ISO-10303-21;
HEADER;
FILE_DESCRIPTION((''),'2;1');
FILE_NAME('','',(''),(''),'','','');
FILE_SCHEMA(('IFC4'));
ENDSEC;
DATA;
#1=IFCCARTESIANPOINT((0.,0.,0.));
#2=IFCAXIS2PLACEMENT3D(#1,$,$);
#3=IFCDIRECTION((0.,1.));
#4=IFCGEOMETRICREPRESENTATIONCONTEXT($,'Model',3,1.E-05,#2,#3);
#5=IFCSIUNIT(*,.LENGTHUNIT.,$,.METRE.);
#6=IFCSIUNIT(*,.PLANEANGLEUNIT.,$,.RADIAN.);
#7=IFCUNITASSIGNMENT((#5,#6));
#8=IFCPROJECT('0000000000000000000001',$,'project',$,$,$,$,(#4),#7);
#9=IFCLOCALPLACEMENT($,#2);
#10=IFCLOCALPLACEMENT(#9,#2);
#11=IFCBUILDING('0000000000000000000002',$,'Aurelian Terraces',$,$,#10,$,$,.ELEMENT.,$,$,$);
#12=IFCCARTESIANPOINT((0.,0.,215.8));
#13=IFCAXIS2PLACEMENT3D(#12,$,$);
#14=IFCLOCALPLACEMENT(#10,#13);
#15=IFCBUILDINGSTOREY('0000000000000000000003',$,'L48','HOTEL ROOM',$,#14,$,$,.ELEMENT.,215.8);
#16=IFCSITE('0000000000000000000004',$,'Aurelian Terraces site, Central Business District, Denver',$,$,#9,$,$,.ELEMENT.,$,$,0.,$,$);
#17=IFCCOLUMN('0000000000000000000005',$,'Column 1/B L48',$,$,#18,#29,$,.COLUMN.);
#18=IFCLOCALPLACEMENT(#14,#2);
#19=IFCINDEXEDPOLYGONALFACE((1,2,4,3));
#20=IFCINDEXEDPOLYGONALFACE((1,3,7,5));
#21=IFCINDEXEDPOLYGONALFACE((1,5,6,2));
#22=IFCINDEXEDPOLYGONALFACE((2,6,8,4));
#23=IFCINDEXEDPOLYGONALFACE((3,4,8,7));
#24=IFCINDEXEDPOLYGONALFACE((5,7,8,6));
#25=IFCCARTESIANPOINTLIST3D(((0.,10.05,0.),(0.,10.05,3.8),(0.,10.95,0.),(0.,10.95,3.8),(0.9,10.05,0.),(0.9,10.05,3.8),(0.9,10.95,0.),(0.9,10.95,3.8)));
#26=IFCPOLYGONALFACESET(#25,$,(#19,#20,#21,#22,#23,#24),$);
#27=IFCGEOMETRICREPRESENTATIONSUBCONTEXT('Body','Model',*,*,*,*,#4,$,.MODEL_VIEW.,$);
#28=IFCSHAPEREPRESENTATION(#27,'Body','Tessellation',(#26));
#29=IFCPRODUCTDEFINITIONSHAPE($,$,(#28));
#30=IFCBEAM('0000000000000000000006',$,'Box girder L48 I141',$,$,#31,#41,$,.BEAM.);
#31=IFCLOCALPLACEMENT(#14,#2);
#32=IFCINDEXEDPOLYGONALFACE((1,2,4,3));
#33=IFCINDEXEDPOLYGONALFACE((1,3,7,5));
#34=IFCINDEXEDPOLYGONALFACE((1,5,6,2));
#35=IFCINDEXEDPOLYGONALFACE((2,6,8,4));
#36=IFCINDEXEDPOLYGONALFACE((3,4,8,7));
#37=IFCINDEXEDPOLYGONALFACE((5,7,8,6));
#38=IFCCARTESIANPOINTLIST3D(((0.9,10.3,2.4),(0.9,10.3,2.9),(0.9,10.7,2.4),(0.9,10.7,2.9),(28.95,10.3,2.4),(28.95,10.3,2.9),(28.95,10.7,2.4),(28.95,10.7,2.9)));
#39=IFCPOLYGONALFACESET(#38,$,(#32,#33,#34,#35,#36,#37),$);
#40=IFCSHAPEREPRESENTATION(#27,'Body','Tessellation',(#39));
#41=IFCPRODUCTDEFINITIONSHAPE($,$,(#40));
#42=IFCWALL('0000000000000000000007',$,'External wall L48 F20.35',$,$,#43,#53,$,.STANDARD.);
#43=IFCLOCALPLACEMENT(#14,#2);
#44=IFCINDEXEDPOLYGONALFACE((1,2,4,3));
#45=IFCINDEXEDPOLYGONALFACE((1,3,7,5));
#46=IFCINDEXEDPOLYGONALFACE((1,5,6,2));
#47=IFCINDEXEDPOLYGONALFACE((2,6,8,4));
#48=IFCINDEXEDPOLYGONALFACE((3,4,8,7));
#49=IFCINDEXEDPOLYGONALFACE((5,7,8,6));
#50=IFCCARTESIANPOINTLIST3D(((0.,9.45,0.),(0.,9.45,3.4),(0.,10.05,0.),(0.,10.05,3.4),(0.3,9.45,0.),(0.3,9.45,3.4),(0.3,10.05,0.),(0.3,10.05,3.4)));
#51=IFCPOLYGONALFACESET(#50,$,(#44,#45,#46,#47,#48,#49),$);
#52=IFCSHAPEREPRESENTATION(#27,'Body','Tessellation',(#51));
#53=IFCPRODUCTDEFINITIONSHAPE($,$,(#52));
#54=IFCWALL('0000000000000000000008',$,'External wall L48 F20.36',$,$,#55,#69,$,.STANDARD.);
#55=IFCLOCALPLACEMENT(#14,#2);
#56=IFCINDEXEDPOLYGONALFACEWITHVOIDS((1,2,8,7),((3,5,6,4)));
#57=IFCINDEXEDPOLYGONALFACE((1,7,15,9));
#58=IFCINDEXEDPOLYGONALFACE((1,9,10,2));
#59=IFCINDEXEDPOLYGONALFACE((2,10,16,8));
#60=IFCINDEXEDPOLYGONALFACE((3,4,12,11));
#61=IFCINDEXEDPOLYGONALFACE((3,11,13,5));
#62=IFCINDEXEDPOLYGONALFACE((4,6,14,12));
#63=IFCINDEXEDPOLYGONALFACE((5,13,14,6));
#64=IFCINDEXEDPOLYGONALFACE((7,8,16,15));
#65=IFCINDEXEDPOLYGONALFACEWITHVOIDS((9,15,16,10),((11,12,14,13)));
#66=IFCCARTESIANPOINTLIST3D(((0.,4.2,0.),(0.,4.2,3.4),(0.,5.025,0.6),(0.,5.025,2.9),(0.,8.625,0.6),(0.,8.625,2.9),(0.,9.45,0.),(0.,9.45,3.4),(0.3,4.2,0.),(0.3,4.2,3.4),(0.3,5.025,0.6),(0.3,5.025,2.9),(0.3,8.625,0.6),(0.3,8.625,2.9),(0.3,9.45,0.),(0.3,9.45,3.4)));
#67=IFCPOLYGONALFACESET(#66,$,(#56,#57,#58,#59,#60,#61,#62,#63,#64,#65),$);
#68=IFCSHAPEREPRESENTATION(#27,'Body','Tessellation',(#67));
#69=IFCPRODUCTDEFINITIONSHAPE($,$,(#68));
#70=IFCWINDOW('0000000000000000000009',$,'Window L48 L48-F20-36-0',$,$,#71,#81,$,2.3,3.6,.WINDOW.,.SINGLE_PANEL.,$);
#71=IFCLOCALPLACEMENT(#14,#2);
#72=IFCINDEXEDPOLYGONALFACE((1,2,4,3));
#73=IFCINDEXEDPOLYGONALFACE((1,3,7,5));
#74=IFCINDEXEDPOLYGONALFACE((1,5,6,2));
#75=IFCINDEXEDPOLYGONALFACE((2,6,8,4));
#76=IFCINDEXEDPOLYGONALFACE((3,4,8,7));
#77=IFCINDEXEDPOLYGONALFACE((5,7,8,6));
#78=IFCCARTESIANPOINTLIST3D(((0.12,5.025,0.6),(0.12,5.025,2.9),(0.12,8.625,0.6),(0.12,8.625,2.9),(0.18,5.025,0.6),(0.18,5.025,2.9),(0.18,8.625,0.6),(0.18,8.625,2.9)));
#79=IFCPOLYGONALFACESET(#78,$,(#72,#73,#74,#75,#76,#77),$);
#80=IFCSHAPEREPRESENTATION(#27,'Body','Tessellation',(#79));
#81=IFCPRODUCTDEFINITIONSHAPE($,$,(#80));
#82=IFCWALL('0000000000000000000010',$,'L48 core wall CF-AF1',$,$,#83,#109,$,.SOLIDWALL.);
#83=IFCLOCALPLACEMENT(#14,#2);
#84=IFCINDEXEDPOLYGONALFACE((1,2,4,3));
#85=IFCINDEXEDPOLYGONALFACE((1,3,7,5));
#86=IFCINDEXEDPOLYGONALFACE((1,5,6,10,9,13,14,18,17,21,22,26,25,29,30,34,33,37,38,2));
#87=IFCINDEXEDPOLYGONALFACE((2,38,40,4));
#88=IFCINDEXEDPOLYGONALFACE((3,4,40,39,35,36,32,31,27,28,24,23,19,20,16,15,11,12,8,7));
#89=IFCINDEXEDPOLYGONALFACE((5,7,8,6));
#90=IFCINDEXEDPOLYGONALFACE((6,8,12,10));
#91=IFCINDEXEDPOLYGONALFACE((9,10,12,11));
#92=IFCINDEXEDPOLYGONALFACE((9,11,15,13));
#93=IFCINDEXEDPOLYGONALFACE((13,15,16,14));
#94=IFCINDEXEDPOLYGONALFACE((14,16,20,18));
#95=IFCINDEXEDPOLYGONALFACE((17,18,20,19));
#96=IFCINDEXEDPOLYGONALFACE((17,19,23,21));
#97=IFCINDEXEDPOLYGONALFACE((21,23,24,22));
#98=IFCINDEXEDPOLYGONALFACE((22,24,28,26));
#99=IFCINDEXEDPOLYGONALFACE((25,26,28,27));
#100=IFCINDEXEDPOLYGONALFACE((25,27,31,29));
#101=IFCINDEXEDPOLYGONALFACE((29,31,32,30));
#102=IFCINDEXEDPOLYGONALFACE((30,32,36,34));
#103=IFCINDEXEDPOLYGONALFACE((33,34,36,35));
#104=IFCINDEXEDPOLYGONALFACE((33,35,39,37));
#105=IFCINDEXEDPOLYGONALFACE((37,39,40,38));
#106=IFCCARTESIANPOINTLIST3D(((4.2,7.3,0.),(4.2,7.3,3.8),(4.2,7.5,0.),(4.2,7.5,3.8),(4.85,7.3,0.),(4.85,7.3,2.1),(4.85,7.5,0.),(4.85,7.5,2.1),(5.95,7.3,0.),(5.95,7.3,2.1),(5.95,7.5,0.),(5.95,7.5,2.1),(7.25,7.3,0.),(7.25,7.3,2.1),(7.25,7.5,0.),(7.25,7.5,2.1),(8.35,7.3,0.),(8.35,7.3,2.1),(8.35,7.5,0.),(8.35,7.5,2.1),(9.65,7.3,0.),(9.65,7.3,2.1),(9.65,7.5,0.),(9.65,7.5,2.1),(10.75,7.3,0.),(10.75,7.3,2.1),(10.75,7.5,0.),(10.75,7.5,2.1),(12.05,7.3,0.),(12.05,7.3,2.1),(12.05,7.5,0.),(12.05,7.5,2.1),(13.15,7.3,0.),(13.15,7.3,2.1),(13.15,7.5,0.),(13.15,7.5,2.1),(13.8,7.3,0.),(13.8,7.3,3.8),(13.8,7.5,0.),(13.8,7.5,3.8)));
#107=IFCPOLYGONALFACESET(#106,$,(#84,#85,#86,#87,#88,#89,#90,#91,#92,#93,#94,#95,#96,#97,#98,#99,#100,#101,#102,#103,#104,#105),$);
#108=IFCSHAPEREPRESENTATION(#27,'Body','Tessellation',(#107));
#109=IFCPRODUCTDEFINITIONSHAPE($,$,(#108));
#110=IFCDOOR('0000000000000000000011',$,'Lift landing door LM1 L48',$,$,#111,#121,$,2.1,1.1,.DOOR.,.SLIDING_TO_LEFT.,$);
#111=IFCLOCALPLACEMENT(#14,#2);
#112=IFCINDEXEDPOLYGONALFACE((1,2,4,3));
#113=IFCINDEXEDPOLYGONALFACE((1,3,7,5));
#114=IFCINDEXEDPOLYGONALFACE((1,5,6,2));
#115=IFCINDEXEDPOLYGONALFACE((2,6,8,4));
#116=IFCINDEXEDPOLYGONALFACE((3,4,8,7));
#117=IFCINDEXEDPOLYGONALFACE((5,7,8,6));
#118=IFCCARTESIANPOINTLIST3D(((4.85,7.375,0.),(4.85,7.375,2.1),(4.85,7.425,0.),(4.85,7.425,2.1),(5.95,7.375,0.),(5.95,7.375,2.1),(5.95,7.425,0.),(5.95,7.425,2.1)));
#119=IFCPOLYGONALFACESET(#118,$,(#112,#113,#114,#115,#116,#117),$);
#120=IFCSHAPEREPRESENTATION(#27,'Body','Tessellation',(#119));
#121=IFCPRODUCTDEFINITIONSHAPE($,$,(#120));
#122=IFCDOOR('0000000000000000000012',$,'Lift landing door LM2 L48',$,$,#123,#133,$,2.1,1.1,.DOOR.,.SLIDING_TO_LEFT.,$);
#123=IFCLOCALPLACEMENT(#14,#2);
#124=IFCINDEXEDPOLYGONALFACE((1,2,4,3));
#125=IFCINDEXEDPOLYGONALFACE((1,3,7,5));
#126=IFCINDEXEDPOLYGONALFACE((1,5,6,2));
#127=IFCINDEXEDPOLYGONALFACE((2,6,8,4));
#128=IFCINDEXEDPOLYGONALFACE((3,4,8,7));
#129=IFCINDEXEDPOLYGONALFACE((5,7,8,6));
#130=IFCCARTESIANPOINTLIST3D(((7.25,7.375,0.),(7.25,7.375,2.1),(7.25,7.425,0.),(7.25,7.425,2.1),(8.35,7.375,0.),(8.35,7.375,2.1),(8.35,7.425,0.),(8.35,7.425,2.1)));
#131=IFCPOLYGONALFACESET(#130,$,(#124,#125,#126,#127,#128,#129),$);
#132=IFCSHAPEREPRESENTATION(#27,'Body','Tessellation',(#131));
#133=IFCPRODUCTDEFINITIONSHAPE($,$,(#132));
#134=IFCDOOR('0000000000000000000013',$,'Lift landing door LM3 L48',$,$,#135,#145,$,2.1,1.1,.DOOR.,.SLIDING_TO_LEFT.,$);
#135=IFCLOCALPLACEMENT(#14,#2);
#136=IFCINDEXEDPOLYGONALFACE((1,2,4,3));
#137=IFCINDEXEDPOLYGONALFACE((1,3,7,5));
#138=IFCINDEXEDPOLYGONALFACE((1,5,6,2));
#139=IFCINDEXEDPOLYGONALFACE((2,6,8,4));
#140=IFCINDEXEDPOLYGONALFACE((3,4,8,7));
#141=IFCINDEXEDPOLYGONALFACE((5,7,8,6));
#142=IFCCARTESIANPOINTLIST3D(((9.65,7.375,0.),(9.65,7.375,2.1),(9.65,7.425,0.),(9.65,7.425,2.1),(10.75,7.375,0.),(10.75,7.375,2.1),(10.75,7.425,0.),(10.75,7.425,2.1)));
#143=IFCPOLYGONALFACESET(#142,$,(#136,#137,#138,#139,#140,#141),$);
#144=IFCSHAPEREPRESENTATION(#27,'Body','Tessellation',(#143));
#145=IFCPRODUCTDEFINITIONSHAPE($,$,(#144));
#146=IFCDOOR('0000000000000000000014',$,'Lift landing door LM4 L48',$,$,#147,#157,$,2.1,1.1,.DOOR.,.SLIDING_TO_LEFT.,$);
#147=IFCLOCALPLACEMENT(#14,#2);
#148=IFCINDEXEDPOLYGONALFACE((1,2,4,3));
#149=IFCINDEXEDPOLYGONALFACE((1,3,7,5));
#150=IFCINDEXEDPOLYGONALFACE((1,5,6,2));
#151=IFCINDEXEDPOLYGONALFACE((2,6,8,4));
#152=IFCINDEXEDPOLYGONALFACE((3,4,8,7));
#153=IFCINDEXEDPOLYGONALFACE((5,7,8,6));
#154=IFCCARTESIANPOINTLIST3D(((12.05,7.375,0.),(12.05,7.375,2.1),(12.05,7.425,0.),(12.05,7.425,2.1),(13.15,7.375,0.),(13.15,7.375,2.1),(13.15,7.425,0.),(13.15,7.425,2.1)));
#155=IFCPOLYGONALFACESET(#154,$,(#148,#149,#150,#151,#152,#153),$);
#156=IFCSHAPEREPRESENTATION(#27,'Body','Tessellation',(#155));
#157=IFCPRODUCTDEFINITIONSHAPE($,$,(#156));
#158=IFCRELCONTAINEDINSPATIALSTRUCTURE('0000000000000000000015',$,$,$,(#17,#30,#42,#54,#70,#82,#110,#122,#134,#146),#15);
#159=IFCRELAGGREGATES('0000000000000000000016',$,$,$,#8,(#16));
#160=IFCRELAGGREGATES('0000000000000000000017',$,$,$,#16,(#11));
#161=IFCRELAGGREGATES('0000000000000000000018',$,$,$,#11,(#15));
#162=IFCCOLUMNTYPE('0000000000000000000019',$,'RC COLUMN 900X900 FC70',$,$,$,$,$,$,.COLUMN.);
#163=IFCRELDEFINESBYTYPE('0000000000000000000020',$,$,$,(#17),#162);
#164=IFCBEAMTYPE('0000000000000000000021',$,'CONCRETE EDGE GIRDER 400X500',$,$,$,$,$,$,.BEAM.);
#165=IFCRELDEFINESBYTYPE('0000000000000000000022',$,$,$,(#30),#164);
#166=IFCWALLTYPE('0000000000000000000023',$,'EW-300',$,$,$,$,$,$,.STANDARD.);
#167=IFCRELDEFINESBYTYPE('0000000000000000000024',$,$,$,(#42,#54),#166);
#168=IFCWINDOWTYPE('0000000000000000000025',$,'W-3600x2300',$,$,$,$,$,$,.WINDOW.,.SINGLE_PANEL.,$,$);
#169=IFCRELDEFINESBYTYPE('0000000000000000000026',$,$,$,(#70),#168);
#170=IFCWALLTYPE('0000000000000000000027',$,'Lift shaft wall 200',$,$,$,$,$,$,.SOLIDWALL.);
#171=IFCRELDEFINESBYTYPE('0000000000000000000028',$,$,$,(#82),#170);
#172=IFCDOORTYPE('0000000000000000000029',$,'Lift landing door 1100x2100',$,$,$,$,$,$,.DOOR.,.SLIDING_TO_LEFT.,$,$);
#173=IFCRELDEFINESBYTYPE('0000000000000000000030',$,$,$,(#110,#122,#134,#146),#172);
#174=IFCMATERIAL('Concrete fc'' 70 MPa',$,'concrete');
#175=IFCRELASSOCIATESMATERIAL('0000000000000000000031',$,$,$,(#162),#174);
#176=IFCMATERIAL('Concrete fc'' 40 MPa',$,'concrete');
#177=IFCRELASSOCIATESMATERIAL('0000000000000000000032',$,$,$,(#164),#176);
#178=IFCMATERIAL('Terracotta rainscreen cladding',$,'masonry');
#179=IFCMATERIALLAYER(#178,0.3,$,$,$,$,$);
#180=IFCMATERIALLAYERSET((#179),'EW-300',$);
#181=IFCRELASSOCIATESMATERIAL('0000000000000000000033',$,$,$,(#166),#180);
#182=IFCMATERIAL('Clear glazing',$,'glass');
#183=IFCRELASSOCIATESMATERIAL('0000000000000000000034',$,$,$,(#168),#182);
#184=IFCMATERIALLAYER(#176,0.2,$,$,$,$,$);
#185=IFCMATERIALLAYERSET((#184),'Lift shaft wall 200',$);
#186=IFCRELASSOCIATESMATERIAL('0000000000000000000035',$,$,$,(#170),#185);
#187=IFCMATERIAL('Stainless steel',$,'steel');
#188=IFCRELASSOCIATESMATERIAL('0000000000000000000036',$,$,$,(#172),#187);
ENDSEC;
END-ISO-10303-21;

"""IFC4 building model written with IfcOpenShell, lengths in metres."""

from ifc_helpers import new_model, si_unit, direction, frame, frame_2d, origin, origin_2d, place, context, subcontext, project, spatial, rectangle, extrude, source, transform, mapped, material, layer, layer_set, material_profile, profile_set, type_object, element, fill, save


model = new_model("IFC4")

# Units and contexts
model_context = context("Model", 3, precision=1e-05, world=origin(), true_north=direction((0.0, 1.0)))
body_context = subcontext(model_context, "Body", "Model", "MODEL_VIEW")
ifc_project = project(units=[si_unit("LENGTHUNIT", "METRE"), si_unit("PLANEANGLEUNIT", "RADIAN")], contexts=[model_context])

# Site, building, storey
site_placement = place(None, origin())
site = spatial("IfcSite", under=ifc_project, at=site_placement, Name="Aurelian Terraces site, Central Business District, Denver", CompositionType="ELEMENT", RefElevation=0.0)
building_placement = place(site_placement, origin())
building = spatial("IfcBuilding", under=site, at=building_placement, Name="Aurelian Terraces", CompositionType="ELEMENT")
storey_placement = place(building_placement, frame((0.0, 0.0, 215.8)))
storey = spatial("IfcBuildingStorey", under=building, at=storey_placement, Name="L48", Description="HOTEL ROOM", CompositionType="ELEMENT", Elevation=215.8)

# Column
ifc_material_1 = material(Name="Concrete fc' 70 MPa", Category="concrete")
ifc_material_profile_1 = material_profile(ifc_material_1, rectangle(XDim=0.9, YDim=0.9, at=origin_2d()))
ifc_profile_set_1 = profile_set([ifc_material_profile_1], Name="Concrete fc' 70 MPa")
column_type = type_object("IfcColumnType", Name="RC COLUMN 900X900 FC70", PredefinedType="COLUMN", material=ifc_profile_set_1)
shared_shape_1 = source(origin(), body_context, "Body", "SweptSolid", [
    extrude(rectangle(XDim=0.9, YDim=0.9, at=origin_2d()), origin(), (0.0, 0.0, 1.0), 3.8),
])
column_placement = place(storey_placement, frame((0.45, 10.5, 0.0), z_axis=(0.0, 0.0, 1.0), x_axis=(1.0, 0.0, 0.0)))
element("IfcColumn", 1, at=column_placement, inside=storey, type_object=column_type, Name="Column 1/B L48", PredefinedType="COLUMN", context=body_context, shape_type="MappedRepresentation", body=[
    mapped(shared_shape_1, transform((0.0, 0.0, 0.0), scale=1.0)),
])

# Beam
ifc_material_2 = material(Name="Concrete fc' 40 MPa", Category="concrete")
ifc_material_profile_2 = material_profile(ifc_material_2, rectangle(XDim=0.4, YDim=0.5, at=origin_2d()))
ifc_profile_set_2 = profile_set([ifc_material_profile_2], Name="Concrete fc' 40 MPa")
beam_type = type_object("IfcBeamType", Name="CONCRETE EDGE GIRDER 400X500", PredefinedType="BEAM", material=ifc_profile_set_2)
shared_shape_2 = source(origin(), body_context, "Body", "SweptSolid", [
    extrude(rectangle(XDim=0.4, YDim=0.5, at=origin_2d()), origin(), (0.0, 0.0, 1.0), 28.05),
])
beam_placement = place(storey_placement, frame((0.9, 10.5, 2.65), z_axis=(1.0, 0.0, 0.0), x_axis=(0.0, 1.0, 0.0)))
element("IfcBeam", 2, at=beam_placement, inside=storey, type_object=beam_type, Name="Box girder L48 I141", PredefinedType="BEAM", context=body_context, shape_type="MappedRepresentation", body=[
    mapped(shared_shape_2, transform((0.0, 0.0, 0.0), scale=1.0)),
])

# Wall
ifc_material_3 = material(Name="Terracotta rainscreen cladding", Category="masonry")
ifc_layer_1 = layer(ifc_material_3, 0.3)
ifc_layer_set_1 = layer_set([ifc_layer_1], Name="EW-300")
wall_type_1 = type_object("IfcWallType", Name="EW-300", PredefinedType="STANDARD", material=ifc_layer_set_1)
shared_shape_3 = source(origin(), body_context, "Body", "SweptSolid", [
    extrude(rectangle(XDim=0.6, YDim=0.3, at=frame_2d((0.3, 0.0))), origin(), (0.0, 0.0, 1.0), 3.4),
])
wall_1_placement = place(storey_placement, frame((0.15, 10.05, 0.0), z_axis=(0.0, 0.0, 1.0), x_axis=(0.0, -1.0, 0.0)))
element("IfcWall", 3, at=wall_1_placement, inside=storey, type_object=wall_type_1, Name="External wall L48 F20.35", PredefinedType="STANDARD", context=body_context, shape_type="MappedRepresentation", body=[
    mapped(shared_shape_3, transform((0.0, 0.0, 0.0), scale=1.0)),
])

# Wall, opening, window
shared_shape_4 = source(origin(), body_context, "Body", "SweptSolid", [
    extrude(rectangle(XDim=5.25, YDim=0.3, at=frame_2d((2.625, 0.0))), origin(), (0.0, 0.0, 1.0), 3.4),
])
wall_2_placement = place(storey_placement, frame((0.15, 9.45, 0.0), z_axis=(0.0, 0.0, 1.0), x_axis=(0.0, -1.0, 0.0)))
wall_2 = element("IfcWall", 4, at=wall_2_placement, inside=storey, type_object=wall_type_1, Name="External wall L48 F20.36", PredefinedType="STANDARD", context=body_context, shape_type="MappedRepresentation", body=[
    mapped(shared_shape_4, transform((0.0, 0.0, 0.0), scale=1.0)),
])
shared_shape_5 = source(origin(), body_context, "Body", "SweptSolid", [
    extrude(rectangle(XDim=3.6, YDim=2.3, at=frame_2d((1.8, 1.15))), frame((0.0, 0.16, 0.0), z_axis=(0.0, -1.0, 0.0), x_axis=(1.0, 0.0, 0.0)), (0.0, 0.0, 1.0), 0.32),
])
opening_1_placement = place(wall_2_placement, frame((0.825, 0.0, 0.6)))
opening_1 = element("IfcOpeningElement", 5, at=opening_1_placement, cuts=wall_2, PredefinedType="OPENING", context=body_context, shape_type="MappedRepresentation", body=[
    mapped(shared_shape_5, transform((0.0, 0.0, 0.0), scale=1.0)),
])
ifc_material_4 = material(Name="Clear glazing", Category="glass")
window_type = type_object("IfcWindowType", Name="W-3600x2300", PartitioningType="SINGLE_PANEL", PredefinedType="WINDOW", material=ifc_material_4)
shared_shape_6 = source(origin(), body_context, "Body", "SweptSolid", [
    extrude(rectangle(XDim=3.6, YDim=2.3, at=frame_2d((1.8, 1.15))), frame((0.0, 0.03, 0.0), z_axis=(0.0, -1.0, 0.0), x_axis=(1.0, 0.0, 0.0)), (0.0, 0.0, 1.0), 0.06),
])
window_placement = place(opening_1_placement, origin())
window = element("IfcWindow", 6, at=window_placement, inside=storey, type_object=window_type, Name="Window L48 L48-F20-36-0", OverallHeight=2.3, OverallWidth=3.6, PartitioningType="SINGLE_PANEL", PredefinedType="WINDOW", context=body_context, shape_type="MappedRepresentation", body=[
    mapped(shared_shape_6, transform((0.0, 0.0, 0.0), scale=1.0)),
])
fill(opening_1, window)

# Wall, openings, doors
ifc_layer_2 = layer(ifc_material_2, 0.2)
ifc_layer_set_2 = layer_set([ifc_layer_2], Name="Lift shaft wall 200")
wall_type_2 = type_object("IfcWallType", Name="Lift shaft wall 200", PredefinedType="SOLIDWALL", material=ifc_layer_set_2)
shared_shape_7 = source(origin(), body_context, "Body", "SweptSolid", [
    extrude(rectangle(XDim=9.6, YDim=0.2, at=frame_2d((4.8, 0.0))), origin(), (0.0, 0.0, 1.0), 3.8),
])
wall_3_placement = place(storey_placement, frame((4.2, 7.4, 0.0), z_axis=(0.0, 0.0, 1.0), x_axis=(1.0, 0.0, 0.0)))
wall_3 = element("IfcWall", 7, at=wall_3_placement, inside=storey, type_object=wall_type_2, Name="L48 core wall CF-AF1", PredefinedType="SOLIDWALL", context=body_context, shape_type="MappedRepresentation", body=[
    mapped(shared_shape_7, transform((0.0, 0.0, 0.0), scale=1.0)),
])
shared_shape_8 = source(origin(), body_context, "Body", "SweptSolid", [
    extrude(rectangle(XDim=1.1, YDim=2.1, at=frame_2d((0.55, 1.05))), frame((0.0, 0.11, 0.0), z_axis=(0.0, -1.0, 0.0), x_axis=(1.0, 0.0, 0.0)), (0.0, 0.0, 1.0), 0.22),
])
opening_2_placement = place(wall_3_placement, frame((0.65, 0.0, 0.0)))
opening_2 = element("IfcOpeningElement", 8, at=opening_2_placement, cuts=wall_3, PredefinedType="OPENING", context=body_context, shape_type="MappedRepresentation", body=[
    mapped(shared_shape_8, transform((0.0, 0.0, 0.0), scale=1.0)),
])
opening_3_placement = place(wall_3_placement, frame((3.05, 0.0, 0.0)))
opening_3 = element("IfcOpeningElement", 9, at=opening_3_placement, cuts=wall_3, PredefinedType="OPENING", context=body_context, shape_type="MappedRepresentation", body=[
    mapped(shared_shape_8, transform((0.0, 0.0, 0.0), scale=1.0)),
])
opening_4_placement = place(wall_3_placement, frame((5.45, 0.0, 0.0)))
opening_4 = element("IfcOpeningElement", 10, at=opening_4_placement, cuts=wall_3, PredefinedType="OPENING", context=body_context, shape_type="MappedRepresentation", body=[
    mapped(shared_shape_8, transform((0.0, 0.0, 0.0), scale=1.0)),
])
opening_5_placement = place(wall_3_placement, frame((7.85, 0.0, 0.0)))
opening_5 = element("IfcOpeningElement", 11, at=opening_5_placement, cuts=wall_3, PredefinedType="OPENING", context=body_context, shape_type="MappedRepresentation", body=[
    mapped(shared_shape_8, transform((0.0, 0.0, 0.0), scale=1.0)),
])
ifc_material_5 = material(Name="Stainless steel", Category="steel")
door_type = type_object("IfcDoorType", Name="Lift landing door 1100x2100", OperationType="SLIDING_TO_LEFT", PredefinedType="DOOR", material=ifc_material_5)
shared_shape_9 = source(origin(), body_context, "Body", "SweptSolid", [
    extrude(rectangle(XDim=1.1, YDim=2.1, at=frame_2d((0.55, 1.05))), frame((0.0, 0.025, 0.0), z_axis=(0.0, -1.0, 0.0), x_axis=(1.0, 0.0, 0.0)), (0.0, 0.0, 1.0), 0.05),
])
door_1_placement = place(opening_2_placement, origin())
door_1 = element("IfcDoor", 12, at=door_1_placement, inside=storey, type_object=door_type, Name="Lift landing door LM1 L48", OperationType="SLIDING_TO_LEFT", OverallHeight=2.1, OverallWidth=1.1, PredefinedType="DOOR", context=body_context, shape_type="MappedRepresentation", body=[
    mapped(shared_shape_9, transform((0.0, 0.0, 0.0), scale=1.0)),
])
fill(opening_2, door_1)
door_2_placement = place(opening_3_placement, origin())
door_2 = element("IfcDoor", 13, at=door_2_placement, inside=storey, type_object=door_type, Name="Lift landing door LM2 L48", OperationType="SLIDING_TO_LEFT", OverallHeight=2.1, OverallWidth=1.1, PredefinedType="DOOR", context=body_context, shape_type="MappedRepresentation", body=[
    mapped(shared_shape_9, transform((0.0, 0.0, 0.0), scale=1.0)),
])
fill(opening_3, door_2)
door_3_placement = place(opening_4_placement, origin())
door_3 = element("IfcDoor", 14, at=door_3_placement, inside=storey, type_object=door_type, Name="Lift landing door LM3 L48", OperationType="SLIDING_TO_LEFT", OverallHeight=2.1, OverallWidth=1.1, PredefinedType="DOOR", context=body_context, shape_type="MappedRepresentation", body=[
    mapped(shared_shape_9, transform((0.0, 0.0, 0.0), scale=1.0)),
])
fill(opening_4, door_3)
door_4_placement = place(opening_5_placement, origin())
door_4 = element("IfcDoor", 15, at=door_4_placement, inside=storey, type_object=door_type, Name="Lift landing door LM4 L48", OperationType="SLIDING_TO_LEFT", OverallHeight=2.1, OverallWidth=1.1, PredefinedType="DOOR", context=body_context, shape_type="MappedRepresentation", body=[
    mapped(shared_shape_9, transform((0.0, 0.0, 0.0), scale=1.0)),
])
fill(opening_5, door_4)

save(model, "model.ifc")
